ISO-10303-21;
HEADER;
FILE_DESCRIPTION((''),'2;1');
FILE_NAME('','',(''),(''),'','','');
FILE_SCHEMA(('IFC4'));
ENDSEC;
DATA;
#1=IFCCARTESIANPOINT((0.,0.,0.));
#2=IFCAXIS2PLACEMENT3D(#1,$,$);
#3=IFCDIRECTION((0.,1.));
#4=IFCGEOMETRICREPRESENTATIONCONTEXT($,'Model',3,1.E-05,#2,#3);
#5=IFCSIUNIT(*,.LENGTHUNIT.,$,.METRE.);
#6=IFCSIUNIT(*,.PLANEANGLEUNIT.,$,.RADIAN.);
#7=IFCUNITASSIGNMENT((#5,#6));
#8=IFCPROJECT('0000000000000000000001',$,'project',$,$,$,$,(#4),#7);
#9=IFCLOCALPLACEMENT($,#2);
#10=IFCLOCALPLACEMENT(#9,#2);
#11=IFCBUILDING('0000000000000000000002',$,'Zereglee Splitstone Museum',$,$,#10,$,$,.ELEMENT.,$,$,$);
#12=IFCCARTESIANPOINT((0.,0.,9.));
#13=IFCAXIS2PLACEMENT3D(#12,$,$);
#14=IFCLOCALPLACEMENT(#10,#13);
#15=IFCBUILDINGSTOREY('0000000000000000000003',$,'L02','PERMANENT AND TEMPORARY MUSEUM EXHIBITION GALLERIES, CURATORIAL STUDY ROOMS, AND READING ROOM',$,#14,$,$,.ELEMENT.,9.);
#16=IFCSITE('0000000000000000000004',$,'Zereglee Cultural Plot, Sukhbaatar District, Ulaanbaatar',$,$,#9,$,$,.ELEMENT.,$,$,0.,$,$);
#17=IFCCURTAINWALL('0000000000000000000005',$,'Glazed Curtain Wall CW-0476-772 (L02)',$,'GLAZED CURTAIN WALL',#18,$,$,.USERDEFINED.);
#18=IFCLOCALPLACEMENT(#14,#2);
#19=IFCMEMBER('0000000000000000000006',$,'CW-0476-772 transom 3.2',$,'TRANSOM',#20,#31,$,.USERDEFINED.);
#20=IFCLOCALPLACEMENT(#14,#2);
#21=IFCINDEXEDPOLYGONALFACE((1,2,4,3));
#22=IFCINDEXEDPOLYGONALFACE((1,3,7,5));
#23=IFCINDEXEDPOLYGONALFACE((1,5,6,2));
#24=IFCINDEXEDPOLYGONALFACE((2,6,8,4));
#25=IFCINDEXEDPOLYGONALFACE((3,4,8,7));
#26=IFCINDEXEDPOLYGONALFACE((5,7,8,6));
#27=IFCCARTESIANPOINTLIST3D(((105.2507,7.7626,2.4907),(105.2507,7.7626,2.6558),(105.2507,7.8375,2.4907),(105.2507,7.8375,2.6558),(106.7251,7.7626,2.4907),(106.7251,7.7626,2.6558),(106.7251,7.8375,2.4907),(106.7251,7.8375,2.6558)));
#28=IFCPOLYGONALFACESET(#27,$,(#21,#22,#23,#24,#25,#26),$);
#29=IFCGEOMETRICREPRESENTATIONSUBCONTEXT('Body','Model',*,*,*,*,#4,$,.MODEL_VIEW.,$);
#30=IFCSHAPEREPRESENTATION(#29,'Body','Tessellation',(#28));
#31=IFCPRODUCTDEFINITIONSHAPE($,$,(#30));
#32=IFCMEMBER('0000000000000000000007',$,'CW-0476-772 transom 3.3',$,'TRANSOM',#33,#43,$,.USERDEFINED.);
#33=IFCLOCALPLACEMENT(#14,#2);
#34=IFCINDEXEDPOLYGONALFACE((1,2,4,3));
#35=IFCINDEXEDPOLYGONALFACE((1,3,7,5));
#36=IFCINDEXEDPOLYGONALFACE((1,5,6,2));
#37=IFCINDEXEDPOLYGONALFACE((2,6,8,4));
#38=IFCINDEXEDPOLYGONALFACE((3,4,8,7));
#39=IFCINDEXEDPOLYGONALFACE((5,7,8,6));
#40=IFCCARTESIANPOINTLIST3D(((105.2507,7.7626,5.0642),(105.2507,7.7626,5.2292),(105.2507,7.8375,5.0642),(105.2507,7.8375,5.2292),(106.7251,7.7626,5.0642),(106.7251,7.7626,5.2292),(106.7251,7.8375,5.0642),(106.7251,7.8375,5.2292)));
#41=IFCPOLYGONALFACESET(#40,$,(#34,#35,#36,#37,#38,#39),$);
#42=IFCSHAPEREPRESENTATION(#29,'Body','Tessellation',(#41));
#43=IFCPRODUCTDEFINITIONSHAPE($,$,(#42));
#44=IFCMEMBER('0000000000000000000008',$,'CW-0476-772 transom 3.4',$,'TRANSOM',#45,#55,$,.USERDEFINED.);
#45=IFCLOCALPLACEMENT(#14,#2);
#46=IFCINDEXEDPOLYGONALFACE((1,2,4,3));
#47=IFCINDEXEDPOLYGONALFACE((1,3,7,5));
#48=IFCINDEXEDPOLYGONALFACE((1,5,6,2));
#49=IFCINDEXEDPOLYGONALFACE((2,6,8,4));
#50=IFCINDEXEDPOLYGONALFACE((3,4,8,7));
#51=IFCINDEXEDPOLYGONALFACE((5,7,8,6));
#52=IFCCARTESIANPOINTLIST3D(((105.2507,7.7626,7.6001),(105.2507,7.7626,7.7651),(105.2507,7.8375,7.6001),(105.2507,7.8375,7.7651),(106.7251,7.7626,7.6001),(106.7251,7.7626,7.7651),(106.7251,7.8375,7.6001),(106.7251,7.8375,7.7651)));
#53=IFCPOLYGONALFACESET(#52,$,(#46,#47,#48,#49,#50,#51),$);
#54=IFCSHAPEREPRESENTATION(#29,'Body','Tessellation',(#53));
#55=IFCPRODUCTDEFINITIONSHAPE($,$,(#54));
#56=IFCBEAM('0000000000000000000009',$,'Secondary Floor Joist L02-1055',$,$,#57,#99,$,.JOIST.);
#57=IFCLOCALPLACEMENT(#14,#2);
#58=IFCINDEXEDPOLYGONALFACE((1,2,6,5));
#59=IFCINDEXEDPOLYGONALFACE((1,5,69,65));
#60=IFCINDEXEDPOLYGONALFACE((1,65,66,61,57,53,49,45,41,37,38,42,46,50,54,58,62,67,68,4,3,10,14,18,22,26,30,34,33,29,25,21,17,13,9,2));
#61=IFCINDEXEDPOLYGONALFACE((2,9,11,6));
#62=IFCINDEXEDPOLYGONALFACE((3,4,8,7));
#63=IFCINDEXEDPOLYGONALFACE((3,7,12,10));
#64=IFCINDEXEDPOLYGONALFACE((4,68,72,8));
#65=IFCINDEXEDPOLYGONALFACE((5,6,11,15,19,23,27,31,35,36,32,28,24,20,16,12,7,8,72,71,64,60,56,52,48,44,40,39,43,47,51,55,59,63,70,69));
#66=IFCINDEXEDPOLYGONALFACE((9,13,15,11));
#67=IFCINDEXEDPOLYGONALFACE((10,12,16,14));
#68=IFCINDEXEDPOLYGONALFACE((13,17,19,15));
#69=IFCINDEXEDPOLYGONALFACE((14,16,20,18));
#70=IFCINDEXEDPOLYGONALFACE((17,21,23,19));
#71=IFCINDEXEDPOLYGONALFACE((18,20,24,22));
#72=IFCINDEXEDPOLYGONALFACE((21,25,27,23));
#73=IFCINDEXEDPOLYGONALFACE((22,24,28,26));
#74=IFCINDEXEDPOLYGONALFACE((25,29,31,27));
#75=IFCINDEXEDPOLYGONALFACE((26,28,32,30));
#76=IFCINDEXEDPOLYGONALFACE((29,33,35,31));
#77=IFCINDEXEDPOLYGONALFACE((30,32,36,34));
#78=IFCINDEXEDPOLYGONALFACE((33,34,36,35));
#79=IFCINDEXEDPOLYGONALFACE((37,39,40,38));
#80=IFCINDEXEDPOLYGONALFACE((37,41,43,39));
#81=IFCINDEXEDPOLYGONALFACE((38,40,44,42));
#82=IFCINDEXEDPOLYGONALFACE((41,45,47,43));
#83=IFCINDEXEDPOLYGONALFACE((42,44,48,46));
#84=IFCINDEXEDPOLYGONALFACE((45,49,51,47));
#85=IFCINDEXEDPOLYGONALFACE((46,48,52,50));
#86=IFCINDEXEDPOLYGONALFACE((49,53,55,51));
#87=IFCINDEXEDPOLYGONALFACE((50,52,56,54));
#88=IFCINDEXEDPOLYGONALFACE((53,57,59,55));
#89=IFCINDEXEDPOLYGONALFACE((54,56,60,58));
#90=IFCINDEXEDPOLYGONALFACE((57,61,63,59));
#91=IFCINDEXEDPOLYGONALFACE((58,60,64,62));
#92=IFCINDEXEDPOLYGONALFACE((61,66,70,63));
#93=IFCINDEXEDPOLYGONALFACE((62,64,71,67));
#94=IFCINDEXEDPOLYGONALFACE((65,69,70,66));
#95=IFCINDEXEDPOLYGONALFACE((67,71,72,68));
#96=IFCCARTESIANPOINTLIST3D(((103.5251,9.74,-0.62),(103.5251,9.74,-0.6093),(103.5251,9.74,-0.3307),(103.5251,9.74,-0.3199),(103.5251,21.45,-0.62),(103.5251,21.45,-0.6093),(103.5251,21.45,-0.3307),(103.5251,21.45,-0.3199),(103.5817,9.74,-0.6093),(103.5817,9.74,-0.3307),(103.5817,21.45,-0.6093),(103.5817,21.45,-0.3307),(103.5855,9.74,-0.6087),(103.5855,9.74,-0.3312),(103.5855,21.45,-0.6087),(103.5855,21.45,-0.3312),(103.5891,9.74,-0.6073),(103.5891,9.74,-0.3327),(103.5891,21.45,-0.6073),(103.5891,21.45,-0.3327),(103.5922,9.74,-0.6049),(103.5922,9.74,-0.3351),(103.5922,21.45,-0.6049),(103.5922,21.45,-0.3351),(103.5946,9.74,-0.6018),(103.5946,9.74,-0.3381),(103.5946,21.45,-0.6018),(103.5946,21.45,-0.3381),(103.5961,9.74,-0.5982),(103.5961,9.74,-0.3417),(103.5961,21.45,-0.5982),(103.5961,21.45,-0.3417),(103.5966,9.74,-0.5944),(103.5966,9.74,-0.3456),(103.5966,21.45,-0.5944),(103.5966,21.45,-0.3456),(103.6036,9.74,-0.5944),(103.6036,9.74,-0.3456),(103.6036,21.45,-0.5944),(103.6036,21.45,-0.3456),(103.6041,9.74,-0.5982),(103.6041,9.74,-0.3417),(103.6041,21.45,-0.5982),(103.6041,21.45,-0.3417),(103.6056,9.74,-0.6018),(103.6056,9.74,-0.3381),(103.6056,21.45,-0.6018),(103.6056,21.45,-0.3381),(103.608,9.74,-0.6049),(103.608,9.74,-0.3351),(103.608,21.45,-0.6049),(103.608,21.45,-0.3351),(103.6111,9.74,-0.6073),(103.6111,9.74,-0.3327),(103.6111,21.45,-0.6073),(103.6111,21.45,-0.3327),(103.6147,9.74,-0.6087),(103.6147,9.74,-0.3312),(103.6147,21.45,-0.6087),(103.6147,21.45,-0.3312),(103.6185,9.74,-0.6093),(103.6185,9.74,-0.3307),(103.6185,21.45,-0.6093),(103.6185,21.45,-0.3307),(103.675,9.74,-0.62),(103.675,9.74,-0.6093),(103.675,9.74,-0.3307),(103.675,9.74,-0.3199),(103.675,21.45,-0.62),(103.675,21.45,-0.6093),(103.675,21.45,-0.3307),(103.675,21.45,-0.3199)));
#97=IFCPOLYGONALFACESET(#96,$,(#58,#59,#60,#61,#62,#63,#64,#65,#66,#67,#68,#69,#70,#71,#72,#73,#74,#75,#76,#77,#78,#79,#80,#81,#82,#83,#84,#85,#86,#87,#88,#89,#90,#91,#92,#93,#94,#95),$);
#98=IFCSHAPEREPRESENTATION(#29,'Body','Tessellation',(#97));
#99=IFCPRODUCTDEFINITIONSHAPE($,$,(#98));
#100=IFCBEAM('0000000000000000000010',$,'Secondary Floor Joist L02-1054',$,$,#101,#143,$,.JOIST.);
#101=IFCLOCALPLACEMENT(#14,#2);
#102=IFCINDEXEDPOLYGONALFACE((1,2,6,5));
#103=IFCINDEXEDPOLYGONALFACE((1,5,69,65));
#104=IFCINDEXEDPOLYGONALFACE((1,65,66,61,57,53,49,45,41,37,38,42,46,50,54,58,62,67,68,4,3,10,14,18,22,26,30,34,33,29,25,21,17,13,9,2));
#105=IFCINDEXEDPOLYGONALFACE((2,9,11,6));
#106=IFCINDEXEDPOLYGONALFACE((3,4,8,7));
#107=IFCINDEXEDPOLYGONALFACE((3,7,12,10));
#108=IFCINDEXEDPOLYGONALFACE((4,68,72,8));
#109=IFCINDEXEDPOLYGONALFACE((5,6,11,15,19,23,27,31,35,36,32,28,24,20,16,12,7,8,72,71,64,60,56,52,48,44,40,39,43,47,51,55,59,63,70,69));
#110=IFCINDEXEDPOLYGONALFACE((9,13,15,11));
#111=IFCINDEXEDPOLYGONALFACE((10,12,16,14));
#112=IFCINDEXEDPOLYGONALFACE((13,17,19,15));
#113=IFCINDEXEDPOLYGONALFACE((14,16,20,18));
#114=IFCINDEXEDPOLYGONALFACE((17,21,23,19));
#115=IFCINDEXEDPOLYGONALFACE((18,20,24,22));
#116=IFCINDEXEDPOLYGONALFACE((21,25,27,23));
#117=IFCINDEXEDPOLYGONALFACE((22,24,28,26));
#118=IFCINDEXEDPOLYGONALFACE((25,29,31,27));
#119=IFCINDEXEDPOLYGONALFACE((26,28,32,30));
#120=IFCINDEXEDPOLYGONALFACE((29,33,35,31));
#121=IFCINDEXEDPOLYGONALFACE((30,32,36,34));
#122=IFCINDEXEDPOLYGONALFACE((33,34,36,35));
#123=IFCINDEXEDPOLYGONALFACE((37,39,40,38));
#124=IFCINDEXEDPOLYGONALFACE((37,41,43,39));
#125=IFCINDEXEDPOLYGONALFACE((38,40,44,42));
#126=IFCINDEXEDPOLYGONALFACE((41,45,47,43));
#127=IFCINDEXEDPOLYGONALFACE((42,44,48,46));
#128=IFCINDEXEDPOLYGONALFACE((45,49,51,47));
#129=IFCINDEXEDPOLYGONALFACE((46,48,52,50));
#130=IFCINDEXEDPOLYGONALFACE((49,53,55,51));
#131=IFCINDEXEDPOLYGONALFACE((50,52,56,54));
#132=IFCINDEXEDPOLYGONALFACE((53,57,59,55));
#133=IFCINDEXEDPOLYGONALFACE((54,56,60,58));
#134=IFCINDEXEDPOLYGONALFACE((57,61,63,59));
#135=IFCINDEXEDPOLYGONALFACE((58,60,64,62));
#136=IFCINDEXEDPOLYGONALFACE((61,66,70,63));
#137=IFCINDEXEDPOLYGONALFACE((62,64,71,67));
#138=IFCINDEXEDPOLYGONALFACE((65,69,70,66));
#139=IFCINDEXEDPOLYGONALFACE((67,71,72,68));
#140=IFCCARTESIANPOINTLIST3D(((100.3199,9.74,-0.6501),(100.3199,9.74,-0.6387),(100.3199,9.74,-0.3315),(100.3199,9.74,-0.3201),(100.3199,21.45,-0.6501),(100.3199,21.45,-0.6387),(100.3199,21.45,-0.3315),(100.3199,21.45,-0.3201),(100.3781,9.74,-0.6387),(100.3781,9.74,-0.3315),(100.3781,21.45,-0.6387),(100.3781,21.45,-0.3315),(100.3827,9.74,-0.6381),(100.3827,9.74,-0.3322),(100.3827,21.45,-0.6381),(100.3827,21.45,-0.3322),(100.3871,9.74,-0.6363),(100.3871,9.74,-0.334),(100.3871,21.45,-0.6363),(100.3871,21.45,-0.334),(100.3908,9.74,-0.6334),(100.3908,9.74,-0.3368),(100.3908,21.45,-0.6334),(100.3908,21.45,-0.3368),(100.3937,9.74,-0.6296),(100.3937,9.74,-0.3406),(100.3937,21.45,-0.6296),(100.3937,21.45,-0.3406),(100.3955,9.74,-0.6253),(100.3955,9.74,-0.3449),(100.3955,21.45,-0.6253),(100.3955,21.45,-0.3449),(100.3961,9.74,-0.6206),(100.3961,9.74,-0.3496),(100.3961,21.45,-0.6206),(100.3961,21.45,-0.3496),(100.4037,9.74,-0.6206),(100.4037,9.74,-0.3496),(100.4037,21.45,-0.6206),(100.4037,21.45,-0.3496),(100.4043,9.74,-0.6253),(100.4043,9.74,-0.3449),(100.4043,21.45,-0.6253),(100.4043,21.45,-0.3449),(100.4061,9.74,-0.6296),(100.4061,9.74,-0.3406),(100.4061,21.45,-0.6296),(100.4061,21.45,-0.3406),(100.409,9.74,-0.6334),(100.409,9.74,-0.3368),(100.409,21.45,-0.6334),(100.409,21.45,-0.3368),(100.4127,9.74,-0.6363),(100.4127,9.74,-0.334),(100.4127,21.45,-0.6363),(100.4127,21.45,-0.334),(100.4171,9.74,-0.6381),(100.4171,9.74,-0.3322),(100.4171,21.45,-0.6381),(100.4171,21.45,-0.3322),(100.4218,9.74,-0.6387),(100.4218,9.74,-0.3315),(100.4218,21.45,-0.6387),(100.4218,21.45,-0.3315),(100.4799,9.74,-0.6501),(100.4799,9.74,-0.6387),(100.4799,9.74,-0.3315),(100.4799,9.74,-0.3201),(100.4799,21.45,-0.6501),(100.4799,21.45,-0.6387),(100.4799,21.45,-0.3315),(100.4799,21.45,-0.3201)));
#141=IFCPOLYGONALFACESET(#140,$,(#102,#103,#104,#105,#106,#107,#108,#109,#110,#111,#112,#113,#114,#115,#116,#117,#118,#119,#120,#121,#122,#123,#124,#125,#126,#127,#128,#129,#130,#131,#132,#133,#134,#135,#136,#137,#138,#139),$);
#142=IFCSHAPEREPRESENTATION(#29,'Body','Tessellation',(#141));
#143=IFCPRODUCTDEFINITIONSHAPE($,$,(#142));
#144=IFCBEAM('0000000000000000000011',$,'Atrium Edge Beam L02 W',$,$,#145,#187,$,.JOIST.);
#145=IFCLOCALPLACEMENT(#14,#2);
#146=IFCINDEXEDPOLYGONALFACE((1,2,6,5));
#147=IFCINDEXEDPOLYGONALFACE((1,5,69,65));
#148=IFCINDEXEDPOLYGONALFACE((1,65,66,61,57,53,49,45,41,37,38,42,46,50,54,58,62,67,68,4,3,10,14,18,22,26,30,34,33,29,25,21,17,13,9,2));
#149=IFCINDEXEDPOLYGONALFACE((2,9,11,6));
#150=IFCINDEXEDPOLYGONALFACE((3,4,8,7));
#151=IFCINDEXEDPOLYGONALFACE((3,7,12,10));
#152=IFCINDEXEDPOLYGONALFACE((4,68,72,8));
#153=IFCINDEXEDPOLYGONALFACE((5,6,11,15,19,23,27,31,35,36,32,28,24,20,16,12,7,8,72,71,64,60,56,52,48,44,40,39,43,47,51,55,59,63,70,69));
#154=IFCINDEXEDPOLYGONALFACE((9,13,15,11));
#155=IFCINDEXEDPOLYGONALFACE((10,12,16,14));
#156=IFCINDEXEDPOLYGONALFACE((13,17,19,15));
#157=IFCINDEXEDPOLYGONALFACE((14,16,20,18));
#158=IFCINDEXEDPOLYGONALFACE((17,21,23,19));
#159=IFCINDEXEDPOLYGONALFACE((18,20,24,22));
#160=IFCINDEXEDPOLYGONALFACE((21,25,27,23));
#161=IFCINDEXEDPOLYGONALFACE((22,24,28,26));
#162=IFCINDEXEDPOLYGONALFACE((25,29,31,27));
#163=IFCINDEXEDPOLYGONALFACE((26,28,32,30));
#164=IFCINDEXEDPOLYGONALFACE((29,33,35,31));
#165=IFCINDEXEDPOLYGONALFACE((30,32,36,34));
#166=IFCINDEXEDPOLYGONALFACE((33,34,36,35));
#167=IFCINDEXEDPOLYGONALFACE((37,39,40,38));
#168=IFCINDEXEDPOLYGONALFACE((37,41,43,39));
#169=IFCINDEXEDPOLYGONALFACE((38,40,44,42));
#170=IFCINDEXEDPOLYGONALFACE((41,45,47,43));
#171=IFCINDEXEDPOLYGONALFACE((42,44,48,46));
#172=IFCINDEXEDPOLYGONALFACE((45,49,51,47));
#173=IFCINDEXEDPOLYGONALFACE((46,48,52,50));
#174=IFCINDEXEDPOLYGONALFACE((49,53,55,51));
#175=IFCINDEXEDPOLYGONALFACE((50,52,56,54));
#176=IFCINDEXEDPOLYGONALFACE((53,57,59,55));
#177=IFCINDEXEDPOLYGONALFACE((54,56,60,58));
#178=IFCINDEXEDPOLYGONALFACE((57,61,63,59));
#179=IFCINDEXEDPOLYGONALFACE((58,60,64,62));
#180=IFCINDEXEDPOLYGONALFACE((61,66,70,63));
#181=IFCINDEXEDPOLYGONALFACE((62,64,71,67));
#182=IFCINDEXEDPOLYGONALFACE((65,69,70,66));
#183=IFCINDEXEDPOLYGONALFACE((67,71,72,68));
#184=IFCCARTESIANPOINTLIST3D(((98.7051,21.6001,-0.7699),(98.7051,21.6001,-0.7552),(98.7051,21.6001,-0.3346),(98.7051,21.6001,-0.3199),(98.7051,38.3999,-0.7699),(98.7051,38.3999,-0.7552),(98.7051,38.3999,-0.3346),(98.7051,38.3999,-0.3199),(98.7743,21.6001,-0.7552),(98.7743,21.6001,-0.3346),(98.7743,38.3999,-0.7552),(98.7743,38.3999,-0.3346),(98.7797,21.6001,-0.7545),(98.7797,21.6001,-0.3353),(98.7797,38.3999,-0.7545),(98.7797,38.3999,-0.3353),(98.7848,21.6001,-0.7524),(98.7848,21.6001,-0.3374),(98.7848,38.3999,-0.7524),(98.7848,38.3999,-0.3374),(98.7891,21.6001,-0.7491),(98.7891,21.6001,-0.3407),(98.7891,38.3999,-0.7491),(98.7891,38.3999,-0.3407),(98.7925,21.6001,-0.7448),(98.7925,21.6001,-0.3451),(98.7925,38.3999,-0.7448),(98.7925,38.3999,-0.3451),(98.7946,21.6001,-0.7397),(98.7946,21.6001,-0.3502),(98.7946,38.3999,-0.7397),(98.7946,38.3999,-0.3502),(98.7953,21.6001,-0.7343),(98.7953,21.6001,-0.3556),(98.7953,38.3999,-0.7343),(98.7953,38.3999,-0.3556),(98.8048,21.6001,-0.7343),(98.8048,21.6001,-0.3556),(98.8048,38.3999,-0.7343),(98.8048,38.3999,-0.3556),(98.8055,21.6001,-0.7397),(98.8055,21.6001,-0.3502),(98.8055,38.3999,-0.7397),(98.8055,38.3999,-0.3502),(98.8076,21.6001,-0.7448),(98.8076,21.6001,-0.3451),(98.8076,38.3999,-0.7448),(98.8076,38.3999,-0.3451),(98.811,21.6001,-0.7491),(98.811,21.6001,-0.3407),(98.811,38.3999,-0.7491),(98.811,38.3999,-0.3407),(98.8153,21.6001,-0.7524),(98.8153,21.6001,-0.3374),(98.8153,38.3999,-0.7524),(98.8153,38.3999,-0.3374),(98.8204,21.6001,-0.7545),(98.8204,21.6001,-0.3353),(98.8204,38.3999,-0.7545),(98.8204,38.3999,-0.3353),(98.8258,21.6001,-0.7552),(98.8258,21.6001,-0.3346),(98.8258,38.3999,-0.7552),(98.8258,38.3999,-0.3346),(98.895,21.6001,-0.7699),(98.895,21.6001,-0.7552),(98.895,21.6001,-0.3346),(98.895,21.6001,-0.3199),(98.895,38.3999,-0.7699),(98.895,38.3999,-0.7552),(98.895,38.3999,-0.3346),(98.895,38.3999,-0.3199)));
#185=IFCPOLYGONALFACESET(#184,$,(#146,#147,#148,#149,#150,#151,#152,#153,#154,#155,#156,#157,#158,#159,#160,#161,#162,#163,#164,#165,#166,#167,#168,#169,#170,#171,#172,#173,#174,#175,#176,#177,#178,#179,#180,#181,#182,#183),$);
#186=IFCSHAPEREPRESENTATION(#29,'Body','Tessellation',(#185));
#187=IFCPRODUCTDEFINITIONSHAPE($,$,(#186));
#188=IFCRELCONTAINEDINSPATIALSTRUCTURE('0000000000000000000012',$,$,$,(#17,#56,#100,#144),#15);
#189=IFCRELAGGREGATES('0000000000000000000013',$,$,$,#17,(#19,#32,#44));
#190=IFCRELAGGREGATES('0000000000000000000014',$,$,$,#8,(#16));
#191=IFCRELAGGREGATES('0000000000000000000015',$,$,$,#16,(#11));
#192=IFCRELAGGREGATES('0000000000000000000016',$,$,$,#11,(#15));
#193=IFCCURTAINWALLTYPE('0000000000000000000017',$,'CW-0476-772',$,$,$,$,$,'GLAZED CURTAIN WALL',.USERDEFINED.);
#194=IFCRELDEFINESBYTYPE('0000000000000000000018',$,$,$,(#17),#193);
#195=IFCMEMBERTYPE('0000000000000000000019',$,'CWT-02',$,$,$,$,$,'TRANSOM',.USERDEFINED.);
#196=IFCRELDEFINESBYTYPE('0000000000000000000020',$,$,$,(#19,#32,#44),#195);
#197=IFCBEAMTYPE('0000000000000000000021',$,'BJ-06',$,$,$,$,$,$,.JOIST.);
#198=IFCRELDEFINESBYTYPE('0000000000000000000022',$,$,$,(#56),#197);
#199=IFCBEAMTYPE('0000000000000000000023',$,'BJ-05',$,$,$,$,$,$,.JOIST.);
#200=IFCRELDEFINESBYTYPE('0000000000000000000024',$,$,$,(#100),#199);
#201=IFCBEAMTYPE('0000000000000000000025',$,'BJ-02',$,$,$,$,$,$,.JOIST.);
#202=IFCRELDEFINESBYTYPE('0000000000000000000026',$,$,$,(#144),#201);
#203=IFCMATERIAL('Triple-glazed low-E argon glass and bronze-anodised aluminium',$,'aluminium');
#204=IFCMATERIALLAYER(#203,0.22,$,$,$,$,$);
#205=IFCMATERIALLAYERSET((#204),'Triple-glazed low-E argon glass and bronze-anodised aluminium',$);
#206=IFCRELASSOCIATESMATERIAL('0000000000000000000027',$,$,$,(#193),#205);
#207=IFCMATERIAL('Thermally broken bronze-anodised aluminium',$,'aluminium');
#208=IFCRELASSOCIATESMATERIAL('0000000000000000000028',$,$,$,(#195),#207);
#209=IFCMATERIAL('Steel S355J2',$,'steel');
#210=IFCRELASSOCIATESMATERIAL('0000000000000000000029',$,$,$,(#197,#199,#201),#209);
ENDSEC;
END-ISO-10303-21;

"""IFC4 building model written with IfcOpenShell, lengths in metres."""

from ifc_helpers import new_model, si_unit, direction, frame, origin, origin_2d, place, context, subcontext, project, spatial, rectangle, i_section, extrude, material, layer, layer_set, material_profile, profile_set, type_object, element, aggregate, save


model = new_model("IFC4")

# Units and contexts
model_context = context("Model", 3, precision=1e-05, world=origin(), true_north=direction((0.0, 1.0)))
body_context = subcontext(model_context, "Body", "Model", "MODEL_VIEW")
ifc_project = project(units=[si_unit("LENGTHUNIT", "METRE"), si_unit("PLANEANGLEUNIT", "RADIAN")], contexts=[model_context])

# Site, building, storey
site_placement = place(None, origin())
site = spatial("IfcSite", under=ifc_project, at=site_placement, Name="Zereglee Cultural Plot, Sukhbaatar District, Ulaanbaatar", CompositionType="ELEMENT", RefElevation=0.0)
building_placement = place(site_placement, origin())
building = spatial("IfcBuilding", under=site, at=building_placement, Name="Zereglee Splitstone Museum", CompositionType="ELEMENT")
storey_placement = place(building_placement, frame((0.0, 0.0, 9.0)))
storey = spatial("IfcBuildingStorey", under=building, at=storey_placement, Name="L02", Description="PERMANENT AND TEMPORARY MUSEUM EXHIBITION GALLERIES, CURATORIAL STUDY ROOMS, AND READING ROOM", CompositionType="ELEMENT", Elevation=9.0)

# Shared definitions
ifc_material_1 = material(Name="Triple-glazed low-E argon glass and bronze-anodised aluminium", Category="aluminium")
ifc_material_2 = material(Name="Thermally broken bronze-anodised aluminium", Category="aluminium")

# Curtain wall
ifc_layer_1 = layer(ifc_material_1, 0.22)
ifc_layer_set_1 = layer_set([ifc_layer_1], Name="Triple-glazed low-E argon glass and bronze-anodised aluminium")
curtain_wall_type_1 = type_object("IfcCurtainWallType", Name="CW-0476-772", ElementType="GLAZED CURTAIN WALL", PredefinedType="USERDEFINED", material=ifc_layer_set_1)
curtain_wall_1_placement = place(storey_placement, origin())
curtain_wall_1 = element("IfcCurtainWall", 1, at=curtain_wall_1_placement, inside=storey, type_object=curtain_wall_type_1, Name="Glazed Curtain Wall CW-0476-772 (L02)", ObjectType="GLAZED CURTAIN WALL", PredefinedType="USERDEFINED")

# Members
ifc_material_profile_1 = material_profile(ifc_material_2, rectangle(XDim=0.075, YDim=0.165, at=origin_2d()), Name="CW TRAN 75x165")
ifc_profile_set_1 = profile_set([ifc_material_profile_1], Name="Thermally broken bronze-anodised aluminium")
member_type_1 = type_object("IfcMemberType", Name="CWT-02", ElementType="TRANSOM", PredefinedType="USERDEFINED", material=ifc_profile_set_1)
member_1_placement = place(storey_placement, frame((105.2507, 7.8, 2.5732), z_axis=(1.0, 0.0, 0.0), x_axis=(0.0, 1.0, 0.0)))
member_1 = element("IfcMember", 2, at=member_1_placement, type_object=member_type_1, Name="CW-0476-772 transom 3.2", ObjectType="TRANSOM", PredefinedType="USERDEFINED", context=body_context, shape_type="SweptSolid", body=[
    extrude(rectangle(XDim=0.075, YDim=0.165, at=origin_2d()), origin(), (0.0, 0.0, 1.0), 1.4744),
])
member_2_placement = place(storey_placement, frame((105.2507, 7.8, 5.1467), z_axis=(1.0, 0.0, 0.0), x_axis=(0.0, 1.0, 0.0)))
member_2 = element("IfcMember", 3, at=member_2_placement, type_object=member_type_1, Name="CW-0476-772 transom 3.3", ObjectType="TRANSOM", PredefinedType="USERDEFINED", context=body_context, shape_type="SweptSolid", body=[
    extrude(rectangle(XDim=0.075, YDim=0.165, at=origin_2d()), origin(), (0.0, 0.0, 1.0), 1.4744),
])
member_3_placement = place(storey_placement, frame((105.2507, 7.8, 7.6826), z_axis=(1.0, 0.0, 0.0), x_axis=(0.0, 1.0, 0.0)))
member_3 = element("IfcMember", 4, at=member_3_placement, type_object=member_type_1, Name="CW-0476-772 transom 3.4", ObjectType="TRANSOM", PredefinedType="USERDEFINED", context=body_context, shape_type="SweptSolid", body=[
    extrude(rectangle(XDim=0.075, YDim=0.165, at=origin_2d()), origin(), (0.0, 0.0, 1.0), 1.4744),
])

# Beams
ifc_material_3 = material(Name="Steel S355J2", Category="steel")
ifc_material_profile_2 = material_profile(ifc_material_3, i_section(OverallWidth=0.1499, OverallDepth=0.3, WebThickness=0.0071, FlangeThickness=0.0107, FilletRadius=0.0149, at=origin_2d()), Name="IPE 300")
ifc_profile_set_2 = profile_set([ifc_material_profile_2], Name="Steel S355J2")
beam_type_1 = type_object("IfcBeamType", Name="BJ-06", PredefinedType="JOIST", material=ifc_profile_set_2)
beam_1_placement = place(storey_placement, frame((103.6001, 9.74, -0.47), z_axis=(0.0, 1.0, 0.0), x_axis=(-1.0, 0.0, 0.0)))
element("IfcBeam", 5, at=beam_1_placement, inside=storey, type_object=beam_type_1, Name="Secondary Floor Joist L02-1055", PredefinedType="JOIST", context=body_context, shape_type="SweptSolid", body=[
    extrude(i_section(OverallWidth=0.1499, OverallDepth=0.3, WebThickness=0.0071, FlangeThickness=0.0107, FilletRadius=0.0149, at=origin_2d()), origin(), (0.0, 0.0, 1.0), 11.71),
])
ifc_material_profile_3 = material_profile(ifc_material_3, i_section(OverallWidth=0.1599, OverallDepth=0.3301, WebThickness=0.0076, FlangeThickness=0.0115, FilletRadius=0.0181, at=origin_2d()), Name="IPE 330")
ifc_profile_set_3 = profile_set([ifc_material_profile_3], Name="Steel S355J2")
beam_type_2 = type_object("IfcBeamType", Name="BJ-05", PredefinedType="JOIST", material=ifc_profile_set_3)
beam_2_placement = place(storey_placement, frame((100.3999, 9.74, -0.4851), z_axis=(0.0, 1.0, 0.0), x_axis=(-1.0, 0.0, 0.0)))
element("IfcBeam", 6, at=beam_2_placement, inside=storey, type_object=beam_type_2, Name="Secondary Floor Joist L02-1054", PredefinedType="JOIST", context=body_context, shape_type="SweptSolid", body=[
    extrude(i_section(OverallWidth=0.1599, OverallDepth=0.3301, WebThickness=0.0076, FlangeThickness=0.0115, FilletRadius=0.0181, at=origin_2d()), origin(), (0.0, 0.0, 1.0), 11.71),
])
ifc_material_profile_4 = material_profile(ifc_material_3, i_section(OverallWidth=0.1899, OverallDepth=0.45, WebThickness=0.0095, FlangeThickness=0.0146, FilletRadius=0.021, at=origin_2d()), Name="IPE 450")
ifc_profile_set_4 = profile_set([ifc_material_profile_4], Name="Steel S355J2")
beam_type_3 = type_object("IfcBeamType", Name="BJ-02", PredefinedType="JOIST", material=ifc_profile_set_4)
beam_3_placement = place(storey_placement, frame((98.8, 21.6001, -0.5449), z_axis=(0.0, 1.0, 0.0), x_axis=(-1.0, 0.0, 0.0)))
element("IfcBeam", 7, at=beam_3_placement, inside=storey, type_object=beam_type_3, Name="Atrium Edge Beam L02 W", PredefinedType="JOIST", context=body_context, shape_type="SweptSolid", body=[
    extrude(i_section(OverallWidth=0.1899, OverallDepth=0.45, WebThickness=0.0095, FlangeThickness=0.0146, FilletRadius=0.021, at=origin_2d()), origin(), (0.0, 0.0, 1.0), 16.7998),
])

aggregate(curtain_wall_1, [member_1, member_2, member_3])

save(model, "model.ifc")
